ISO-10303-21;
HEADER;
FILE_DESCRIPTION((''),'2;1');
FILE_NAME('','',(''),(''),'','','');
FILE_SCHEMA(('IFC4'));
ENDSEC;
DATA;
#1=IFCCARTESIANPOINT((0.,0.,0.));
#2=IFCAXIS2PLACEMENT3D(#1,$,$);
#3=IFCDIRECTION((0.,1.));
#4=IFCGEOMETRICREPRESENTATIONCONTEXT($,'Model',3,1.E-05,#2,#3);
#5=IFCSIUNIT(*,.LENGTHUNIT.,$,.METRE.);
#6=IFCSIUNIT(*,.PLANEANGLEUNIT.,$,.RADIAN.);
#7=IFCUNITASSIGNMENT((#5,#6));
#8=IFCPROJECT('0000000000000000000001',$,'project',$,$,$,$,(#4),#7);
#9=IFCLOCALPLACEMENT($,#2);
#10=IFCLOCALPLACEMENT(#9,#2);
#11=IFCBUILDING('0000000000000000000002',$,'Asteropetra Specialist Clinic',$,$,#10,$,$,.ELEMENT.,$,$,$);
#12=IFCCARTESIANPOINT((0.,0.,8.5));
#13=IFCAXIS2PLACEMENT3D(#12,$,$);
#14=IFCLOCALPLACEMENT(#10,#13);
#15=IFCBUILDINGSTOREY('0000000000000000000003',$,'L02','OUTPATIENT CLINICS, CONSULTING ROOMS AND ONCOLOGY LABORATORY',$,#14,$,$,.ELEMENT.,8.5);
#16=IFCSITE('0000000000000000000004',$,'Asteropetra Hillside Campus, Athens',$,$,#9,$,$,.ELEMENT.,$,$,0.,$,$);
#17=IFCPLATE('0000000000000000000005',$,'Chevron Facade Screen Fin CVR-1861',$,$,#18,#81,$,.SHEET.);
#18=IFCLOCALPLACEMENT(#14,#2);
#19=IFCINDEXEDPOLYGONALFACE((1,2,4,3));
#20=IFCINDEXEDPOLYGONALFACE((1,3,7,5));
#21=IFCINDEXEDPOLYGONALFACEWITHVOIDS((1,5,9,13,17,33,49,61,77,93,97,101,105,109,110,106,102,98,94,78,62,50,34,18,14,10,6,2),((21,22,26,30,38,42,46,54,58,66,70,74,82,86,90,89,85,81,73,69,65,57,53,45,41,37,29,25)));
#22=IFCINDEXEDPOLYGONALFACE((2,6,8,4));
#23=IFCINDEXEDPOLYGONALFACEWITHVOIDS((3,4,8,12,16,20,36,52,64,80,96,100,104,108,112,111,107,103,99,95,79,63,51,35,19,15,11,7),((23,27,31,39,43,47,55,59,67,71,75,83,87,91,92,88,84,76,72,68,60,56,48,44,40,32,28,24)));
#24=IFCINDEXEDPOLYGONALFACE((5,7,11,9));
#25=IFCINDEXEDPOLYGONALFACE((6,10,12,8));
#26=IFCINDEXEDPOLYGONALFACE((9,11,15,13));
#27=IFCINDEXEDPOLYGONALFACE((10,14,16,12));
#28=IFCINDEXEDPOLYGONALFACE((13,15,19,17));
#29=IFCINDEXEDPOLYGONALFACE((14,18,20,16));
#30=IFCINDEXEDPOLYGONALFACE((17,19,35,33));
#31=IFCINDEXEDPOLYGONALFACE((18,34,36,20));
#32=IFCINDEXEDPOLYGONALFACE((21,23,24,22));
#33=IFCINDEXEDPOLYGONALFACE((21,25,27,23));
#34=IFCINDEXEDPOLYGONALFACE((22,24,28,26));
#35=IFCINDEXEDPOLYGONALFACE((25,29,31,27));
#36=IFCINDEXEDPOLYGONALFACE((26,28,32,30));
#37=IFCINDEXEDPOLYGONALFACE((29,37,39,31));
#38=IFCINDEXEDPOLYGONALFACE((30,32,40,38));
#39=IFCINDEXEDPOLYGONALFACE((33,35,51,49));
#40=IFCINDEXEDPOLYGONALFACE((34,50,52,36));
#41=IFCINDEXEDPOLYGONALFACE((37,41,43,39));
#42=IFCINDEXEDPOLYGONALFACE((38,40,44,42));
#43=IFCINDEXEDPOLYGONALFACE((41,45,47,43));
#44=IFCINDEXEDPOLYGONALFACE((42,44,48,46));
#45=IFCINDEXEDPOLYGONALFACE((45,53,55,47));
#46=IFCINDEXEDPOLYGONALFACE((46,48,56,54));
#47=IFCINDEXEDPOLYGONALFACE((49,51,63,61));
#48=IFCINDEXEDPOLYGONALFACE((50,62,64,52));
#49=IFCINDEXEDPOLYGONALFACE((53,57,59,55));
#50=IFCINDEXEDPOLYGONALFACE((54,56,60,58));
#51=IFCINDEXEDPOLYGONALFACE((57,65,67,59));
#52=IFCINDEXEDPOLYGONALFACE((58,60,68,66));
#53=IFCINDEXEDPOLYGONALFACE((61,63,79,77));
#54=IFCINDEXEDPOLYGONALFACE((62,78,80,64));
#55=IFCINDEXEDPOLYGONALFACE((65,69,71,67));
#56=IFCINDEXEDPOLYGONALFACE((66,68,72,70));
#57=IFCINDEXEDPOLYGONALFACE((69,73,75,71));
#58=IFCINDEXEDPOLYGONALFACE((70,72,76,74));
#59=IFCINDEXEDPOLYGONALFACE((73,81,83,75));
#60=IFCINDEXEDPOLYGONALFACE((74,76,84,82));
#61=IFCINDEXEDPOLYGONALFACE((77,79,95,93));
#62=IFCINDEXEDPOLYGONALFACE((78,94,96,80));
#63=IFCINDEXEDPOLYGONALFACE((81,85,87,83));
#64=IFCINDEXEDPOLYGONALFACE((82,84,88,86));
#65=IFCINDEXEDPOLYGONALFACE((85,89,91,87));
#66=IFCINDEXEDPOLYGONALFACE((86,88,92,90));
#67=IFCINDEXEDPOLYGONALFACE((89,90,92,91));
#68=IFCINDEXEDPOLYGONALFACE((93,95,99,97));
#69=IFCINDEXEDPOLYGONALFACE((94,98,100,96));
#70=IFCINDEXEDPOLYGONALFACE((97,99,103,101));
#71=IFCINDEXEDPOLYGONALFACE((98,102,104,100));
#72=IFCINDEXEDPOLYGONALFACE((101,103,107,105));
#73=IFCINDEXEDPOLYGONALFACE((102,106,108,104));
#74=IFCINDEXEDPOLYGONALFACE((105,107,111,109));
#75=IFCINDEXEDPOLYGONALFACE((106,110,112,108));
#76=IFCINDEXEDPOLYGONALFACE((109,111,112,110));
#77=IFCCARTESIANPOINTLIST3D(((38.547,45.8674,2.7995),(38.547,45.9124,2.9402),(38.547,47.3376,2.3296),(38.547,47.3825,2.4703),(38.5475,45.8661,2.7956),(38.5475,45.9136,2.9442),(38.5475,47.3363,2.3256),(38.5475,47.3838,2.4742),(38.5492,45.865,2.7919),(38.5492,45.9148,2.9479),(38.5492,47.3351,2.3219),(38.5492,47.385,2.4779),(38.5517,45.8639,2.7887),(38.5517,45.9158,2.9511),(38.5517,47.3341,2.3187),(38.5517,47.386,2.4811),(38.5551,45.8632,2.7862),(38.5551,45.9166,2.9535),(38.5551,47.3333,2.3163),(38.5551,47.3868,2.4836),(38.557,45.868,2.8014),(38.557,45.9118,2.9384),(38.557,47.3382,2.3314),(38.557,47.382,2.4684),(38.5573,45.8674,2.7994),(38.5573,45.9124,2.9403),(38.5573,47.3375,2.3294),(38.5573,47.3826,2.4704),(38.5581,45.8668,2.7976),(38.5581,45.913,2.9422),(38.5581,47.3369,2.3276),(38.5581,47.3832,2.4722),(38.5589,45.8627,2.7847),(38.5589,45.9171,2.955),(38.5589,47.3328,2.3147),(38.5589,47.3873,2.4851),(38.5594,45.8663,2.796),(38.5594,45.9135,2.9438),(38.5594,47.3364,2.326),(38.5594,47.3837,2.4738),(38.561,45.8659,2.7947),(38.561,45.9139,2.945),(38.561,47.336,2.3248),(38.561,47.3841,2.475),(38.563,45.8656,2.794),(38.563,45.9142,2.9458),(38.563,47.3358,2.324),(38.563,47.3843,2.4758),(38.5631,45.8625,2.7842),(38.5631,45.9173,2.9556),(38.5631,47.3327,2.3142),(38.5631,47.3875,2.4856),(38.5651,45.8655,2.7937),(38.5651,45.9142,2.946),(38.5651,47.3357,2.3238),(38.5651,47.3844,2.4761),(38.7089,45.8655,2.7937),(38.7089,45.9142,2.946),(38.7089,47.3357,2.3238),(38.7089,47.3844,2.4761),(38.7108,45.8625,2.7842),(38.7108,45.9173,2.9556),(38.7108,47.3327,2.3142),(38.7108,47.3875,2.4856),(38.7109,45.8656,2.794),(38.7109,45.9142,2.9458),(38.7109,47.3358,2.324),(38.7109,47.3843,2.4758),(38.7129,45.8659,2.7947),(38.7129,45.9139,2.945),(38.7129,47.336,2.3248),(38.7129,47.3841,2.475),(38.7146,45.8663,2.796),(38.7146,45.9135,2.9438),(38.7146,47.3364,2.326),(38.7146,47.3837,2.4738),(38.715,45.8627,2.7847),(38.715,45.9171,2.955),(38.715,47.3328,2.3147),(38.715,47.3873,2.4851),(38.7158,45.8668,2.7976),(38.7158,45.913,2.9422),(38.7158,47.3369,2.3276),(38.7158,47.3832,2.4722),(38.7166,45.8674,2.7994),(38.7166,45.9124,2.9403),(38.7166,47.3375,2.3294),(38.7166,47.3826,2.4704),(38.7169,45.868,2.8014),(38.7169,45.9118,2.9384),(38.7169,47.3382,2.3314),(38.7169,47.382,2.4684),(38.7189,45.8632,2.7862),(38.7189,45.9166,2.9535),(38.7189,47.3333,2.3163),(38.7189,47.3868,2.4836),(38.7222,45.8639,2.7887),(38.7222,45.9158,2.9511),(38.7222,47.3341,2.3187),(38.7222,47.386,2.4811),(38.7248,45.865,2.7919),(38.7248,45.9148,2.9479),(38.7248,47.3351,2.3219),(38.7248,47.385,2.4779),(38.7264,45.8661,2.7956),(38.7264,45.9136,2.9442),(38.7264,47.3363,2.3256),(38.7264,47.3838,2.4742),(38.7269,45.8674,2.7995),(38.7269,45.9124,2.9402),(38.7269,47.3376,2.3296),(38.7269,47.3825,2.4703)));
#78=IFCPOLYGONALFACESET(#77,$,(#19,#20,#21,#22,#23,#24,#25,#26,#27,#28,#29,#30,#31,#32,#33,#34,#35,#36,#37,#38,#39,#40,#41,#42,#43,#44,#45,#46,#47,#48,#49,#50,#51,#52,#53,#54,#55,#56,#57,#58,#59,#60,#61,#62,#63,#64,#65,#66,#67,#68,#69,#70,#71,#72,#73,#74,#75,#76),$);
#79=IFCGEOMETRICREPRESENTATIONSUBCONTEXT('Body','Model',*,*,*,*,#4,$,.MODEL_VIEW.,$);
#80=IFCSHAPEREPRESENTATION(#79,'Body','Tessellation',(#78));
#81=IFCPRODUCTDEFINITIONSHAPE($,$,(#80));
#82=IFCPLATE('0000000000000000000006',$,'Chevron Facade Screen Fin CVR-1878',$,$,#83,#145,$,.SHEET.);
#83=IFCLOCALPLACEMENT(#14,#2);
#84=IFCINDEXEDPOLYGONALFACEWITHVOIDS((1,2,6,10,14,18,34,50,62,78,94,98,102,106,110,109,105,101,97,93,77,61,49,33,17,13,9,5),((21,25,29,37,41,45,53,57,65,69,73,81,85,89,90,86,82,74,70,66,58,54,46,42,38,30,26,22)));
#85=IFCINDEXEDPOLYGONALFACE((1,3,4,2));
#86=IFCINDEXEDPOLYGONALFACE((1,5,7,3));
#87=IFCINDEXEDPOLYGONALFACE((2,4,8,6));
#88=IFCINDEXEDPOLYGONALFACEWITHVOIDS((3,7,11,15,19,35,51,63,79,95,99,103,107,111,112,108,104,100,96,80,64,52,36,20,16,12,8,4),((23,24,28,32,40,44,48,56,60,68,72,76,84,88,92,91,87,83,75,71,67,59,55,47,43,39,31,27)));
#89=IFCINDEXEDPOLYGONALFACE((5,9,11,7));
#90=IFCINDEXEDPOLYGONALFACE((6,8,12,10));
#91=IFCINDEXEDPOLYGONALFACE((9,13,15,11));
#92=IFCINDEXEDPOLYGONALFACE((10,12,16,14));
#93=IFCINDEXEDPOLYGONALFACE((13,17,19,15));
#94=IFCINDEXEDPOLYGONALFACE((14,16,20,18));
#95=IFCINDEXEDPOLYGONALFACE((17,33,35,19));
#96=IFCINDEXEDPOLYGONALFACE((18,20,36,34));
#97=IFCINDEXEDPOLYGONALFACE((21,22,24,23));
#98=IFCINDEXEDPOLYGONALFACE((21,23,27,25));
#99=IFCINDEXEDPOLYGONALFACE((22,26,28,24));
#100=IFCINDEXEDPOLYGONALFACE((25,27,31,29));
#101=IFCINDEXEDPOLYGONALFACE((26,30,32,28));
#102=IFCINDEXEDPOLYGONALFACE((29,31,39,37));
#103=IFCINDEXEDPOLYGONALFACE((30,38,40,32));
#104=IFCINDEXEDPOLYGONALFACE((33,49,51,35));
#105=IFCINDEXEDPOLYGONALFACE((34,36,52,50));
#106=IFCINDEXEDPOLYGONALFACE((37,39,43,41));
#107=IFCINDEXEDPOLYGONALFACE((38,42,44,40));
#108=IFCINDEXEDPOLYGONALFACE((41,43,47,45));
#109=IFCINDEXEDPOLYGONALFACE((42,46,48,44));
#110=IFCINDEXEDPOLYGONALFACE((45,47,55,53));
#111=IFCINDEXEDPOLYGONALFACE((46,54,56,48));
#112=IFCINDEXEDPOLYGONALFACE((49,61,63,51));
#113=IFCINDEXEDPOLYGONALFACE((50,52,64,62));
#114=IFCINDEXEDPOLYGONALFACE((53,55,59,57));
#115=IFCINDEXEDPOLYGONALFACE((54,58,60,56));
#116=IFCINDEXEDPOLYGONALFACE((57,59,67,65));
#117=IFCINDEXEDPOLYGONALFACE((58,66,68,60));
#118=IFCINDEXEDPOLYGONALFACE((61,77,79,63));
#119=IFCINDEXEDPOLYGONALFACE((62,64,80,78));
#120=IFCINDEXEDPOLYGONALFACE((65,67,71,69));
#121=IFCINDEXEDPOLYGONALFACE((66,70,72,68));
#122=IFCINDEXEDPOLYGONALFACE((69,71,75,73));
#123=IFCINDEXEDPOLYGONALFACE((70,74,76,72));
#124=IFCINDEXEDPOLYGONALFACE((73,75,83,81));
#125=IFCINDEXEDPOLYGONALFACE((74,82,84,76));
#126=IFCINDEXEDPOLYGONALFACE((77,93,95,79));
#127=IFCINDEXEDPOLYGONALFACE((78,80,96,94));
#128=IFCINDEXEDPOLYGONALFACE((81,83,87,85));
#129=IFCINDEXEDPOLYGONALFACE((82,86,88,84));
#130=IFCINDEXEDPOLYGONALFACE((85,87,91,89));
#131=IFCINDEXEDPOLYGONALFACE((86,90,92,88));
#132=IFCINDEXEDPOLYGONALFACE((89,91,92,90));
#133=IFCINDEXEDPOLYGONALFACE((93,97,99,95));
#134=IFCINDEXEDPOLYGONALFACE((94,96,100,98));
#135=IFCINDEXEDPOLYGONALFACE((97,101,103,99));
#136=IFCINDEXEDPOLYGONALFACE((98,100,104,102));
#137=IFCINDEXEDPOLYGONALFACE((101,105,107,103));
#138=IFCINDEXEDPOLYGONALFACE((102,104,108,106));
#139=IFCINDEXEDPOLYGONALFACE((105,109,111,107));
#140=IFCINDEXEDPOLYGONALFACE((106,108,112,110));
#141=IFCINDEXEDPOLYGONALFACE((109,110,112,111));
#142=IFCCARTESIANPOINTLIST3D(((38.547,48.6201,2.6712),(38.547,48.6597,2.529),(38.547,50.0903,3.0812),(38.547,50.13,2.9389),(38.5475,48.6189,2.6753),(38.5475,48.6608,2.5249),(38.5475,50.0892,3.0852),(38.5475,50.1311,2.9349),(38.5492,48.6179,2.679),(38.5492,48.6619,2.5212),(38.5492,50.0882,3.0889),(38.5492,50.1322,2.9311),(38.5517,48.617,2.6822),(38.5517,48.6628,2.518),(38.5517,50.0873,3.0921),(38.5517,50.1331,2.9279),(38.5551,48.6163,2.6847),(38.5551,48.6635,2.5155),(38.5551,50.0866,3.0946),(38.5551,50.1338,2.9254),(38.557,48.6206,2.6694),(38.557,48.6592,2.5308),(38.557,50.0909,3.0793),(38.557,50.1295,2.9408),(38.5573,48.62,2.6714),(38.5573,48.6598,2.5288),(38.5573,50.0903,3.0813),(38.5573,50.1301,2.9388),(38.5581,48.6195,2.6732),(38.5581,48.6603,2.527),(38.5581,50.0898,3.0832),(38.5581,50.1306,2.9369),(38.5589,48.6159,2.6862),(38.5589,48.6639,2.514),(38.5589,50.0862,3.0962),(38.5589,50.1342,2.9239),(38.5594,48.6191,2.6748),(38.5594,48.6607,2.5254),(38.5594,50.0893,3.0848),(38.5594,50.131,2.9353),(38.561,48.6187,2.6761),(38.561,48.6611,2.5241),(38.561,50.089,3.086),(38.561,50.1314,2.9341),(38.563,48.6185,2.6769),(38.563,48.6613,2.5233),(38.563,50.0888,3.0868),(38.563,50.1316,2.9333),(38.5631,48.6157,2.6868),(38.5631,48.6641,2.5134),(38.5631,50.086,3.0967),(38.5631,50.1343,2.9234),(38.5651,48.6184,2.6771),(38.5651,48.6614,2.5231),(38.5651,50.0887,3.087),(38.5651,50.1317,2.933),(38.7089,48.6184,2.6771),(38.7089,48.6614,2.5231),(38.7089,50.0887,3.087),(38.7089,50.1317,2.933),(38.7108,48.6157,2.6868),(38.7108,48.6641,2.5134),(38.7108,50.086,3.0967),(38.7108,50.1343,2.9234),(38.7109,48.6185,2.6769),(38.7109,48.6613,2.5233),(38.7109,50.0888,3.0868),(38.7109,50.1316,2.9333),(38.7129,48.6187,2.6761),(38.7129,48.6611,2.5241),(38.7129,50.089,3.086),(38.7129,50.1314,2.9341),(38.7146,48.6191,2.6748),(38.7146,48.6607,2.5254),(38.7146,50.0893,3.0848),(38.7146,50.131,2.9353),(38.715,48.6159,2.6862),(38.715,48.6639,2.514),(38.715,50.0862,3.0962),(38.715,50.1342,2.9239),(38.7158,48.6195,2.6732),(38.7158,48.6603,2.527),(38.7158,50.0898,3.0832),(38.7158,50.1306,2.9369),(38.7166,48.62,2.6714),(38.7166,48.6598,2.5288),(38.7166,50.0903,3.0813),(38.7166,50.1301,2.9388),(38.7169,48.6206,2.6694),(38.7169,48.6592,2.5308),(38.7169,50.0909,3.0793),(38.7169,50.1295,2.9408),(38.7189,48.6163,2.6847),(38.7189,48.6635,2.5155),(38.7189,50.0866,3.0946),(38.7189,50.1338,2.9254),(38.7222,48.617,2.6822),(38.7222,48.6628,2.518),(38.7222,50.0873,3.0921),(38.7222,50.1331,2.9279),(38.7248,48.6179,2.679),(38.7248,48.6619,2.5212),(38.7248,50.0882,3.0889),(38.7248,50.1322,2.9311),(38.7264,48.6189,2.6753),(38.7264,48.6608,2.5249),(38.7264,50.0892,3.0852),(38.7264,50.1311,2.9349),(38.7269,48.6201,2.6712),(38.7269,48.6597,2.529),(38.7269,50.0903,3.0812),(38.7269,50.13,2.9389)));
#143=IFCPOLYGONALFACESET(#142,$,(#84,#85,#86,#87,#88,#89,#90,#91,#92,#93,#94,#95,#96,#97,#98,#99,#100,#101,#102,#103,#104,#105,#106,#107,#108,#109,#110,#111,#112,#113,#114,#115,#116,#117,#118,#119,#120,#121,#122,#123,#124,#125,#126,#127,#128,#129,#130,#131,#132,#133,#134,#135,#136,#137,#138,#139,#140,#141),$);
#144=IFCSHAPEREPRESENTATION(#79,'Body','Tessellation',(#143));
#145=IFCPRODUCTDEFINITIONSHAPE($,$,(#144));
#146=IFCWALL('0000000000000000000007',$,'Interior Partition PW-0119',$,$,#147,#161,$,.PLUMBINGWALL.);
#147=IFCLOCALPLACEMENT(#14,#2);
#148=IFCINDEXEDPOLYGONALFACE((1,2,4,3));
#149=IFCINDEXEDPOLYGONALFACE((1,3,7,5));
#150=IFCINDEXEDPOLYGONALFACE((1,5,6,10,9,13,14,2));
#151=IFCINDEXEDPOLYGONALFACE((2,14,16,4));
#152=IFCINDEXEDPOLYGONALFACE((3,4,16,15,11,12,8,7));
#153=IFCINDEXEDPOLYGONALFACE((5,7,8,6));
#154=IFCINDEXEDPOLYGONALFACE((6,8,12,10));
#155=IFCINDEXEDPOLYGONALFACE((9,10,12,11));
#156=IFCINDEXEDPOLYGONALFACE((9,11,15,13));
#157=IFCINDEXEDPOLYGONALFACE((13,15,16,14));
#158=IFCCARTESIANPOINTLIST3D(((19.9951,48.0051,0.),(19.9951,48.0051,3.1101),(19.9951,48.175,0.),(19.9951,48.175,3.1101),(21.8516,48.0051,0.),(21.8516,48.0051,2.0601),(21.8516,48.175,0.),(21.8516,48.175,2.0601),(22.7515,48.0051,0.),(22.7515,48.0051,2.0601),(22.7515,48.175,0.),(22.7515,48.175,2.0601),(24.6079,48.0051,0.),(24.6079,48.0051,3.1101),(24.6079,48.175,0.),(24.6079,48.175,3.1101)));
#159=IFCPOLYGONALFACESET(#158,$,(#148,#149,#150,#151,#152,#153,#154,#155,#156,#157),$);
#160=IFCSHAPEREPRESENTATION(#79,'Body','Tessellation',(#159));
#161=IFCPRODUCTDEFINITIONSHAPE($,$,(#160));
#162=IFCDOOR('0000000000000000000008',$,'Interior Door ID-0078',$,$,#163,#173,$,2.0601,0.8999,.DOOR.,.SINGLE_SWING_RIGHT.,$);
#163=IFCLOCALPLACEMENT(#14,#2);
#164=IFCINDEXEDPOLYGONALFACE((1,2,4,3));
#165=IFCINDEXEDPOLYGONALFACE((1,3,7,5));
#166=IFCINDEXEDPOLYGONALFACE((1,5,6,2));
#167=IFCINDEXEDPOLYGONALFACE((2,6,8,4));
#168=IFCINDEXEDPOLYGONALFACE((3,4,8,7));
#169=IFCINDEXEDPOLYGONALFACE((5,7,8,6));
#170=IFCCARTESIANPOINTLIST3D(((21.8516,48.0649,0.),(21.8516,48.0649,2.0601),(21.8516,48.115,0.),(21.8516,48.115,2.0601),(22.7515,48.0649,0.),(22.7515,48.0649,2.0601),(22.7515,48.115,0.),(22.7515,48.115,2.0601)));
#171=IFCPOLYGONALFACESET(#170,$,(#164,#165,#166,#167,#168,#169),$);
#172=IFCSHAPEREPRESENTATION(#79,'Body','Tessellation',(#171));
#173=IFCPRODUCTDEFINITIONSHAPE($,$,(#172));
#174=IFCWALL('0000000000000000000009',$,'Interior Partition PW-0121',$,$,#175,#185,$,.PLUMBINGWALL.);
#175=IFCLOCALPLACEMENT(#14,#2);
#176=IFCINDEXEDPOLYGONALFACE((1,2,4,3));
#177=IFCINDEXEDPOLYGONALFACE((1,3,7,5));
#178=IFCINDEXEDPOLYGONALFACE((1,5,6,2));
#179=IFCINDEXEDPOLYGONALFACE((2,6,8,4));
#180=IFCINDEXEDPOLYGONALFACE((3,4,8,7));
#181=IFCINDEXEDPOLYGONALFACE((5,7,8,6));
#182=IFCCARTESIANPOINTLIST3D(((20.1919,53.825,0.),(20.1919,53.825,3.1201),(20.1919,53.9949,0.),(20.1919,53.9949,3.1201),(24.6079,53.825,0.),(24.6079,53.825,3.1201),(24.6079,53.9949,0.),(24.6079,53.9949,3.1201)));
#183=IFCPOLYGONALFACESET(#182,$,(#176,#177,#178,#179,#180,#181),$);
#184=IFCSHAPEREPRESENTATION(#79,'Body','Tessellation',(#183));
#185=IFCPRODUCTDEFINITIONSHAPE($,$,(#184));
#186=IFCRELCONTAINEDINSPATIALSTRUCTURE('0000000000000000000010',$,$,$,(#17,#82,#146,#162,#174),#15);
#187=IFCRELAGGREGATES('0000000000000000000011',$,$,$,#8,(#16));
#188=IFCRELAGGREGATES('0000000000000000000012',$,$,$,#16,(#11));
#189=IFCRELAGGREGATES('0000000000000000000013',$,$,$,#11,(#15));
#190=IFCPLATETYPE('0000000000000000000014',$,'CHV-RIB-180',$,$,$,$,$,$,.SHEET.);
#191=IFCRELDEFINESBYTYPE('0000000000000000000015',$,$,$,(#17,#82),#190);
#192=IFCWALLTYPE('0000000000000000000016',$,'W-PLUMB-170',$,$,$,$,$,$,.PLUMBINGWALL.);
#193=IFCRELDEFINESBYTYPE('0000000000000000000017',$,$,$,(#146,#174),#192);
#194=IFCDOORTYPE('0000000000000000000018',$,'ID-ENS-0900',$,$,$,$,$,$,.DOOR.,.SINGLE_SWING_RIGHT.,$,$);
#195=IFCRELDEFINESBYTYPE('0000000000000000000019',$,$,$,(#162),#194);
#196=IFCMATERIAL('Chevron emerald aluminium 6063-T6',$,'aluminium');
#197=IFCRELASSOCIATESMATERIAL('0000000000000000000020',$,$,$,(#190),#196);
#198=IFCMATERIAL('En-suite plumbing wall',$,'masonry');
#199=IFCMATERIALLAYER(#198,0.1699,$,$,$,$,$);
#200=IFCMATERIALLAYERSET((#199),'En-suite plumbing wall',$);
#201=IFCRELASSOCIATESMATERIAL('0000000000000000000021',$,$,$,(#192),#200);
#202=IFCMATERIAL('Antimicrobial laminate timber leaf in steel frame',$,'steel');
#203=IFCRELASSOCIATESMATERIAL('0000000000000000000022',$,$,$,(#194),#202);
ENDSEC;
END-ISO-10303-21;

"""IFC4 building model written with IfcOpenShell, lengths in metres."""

from ifc_helpers import new_model, si_unit, direction, frame, frame_2d, origin, origin_2d, place, context, subcontext, project, spatial, rectangle, hollow_rectangle, extrude, material, layer, layer_set, material_profile, profile_set, type_object, element, fill, save


model = new_model("IFC4")

# Units and contexts
model_context = context("Model", 3, precision=1e-05, world=origin(), true_north=direction((0.0, 1.0)))
body_context = subcontext(model_context, "Body", "Model", "MODEL_VIEW")
ifc_project = project(units=[si_unit("LENGTHUNIT", "METRE"), si_unit("PLANEANGLEUNIT", "RADIAN")], contexts=[model_context])

# Site, building, storey
site_placement = place(None, origin())
site = spatial("IfcSite", under=ifc_project, at=site_placement, Name="Asteropetra Hillside Campus, Athens", CompositionType="ELEMENT", RefElevation=0.0)
building_placement = place(site_placement, origin())
building = spatial("IfcBuilding", under=site, at=building_placement, Name="Asteropetra Specialist Clinic", CompositionType="ELEMENT")
storey_placement = place(building_placement, frame((0.0, 0.0, 8.5)))
storey = spatial("IfcBuildingStorey", under=building, at=storey_placement, Name="L02", Description="OUTPATIENT CLINICS, CONSULTING ROOMS AND ONCOLOGY LABORATORY", CompositionType="ELEMENT", Elevation=8.5)

# Plates
ifc_material_1 = material(Name="Chevron emerald aluminium 6063-T6", Category="aluminium")
ifc_material_profile_1 = material_profile(ifc_material_1, hollow_rectangle(XDim=0.1799, YDim=0.1799, WallThickness=0.01, InnerFilletRadius=0.0081, OuterFilletRadius=0.0161, at=origin_2d()), Name="SHS 180x180x10.0")
ifc_profile_set_1 = profile_set([ifc_material_profile_1], Name="Chevron emerald aluminium 6063-T6")
plate_type = type_object("IfcPlateType", Name="CHV-RIB-180", PredefinedType="SHEET", material=ifc_profile_set_1)
plate_1_placement = place(storey_placement, frame((38.637, 45.8899, 2.8699), z_axis=(0.0, 0.952518, -0.304483), x_axis=(-1.0, 0.0, 0.0)))
element("IfcPlate", 1, at=plate_1_placement, inside=storey, type_object=plate_type, Name="Chevron Facade Screen Fin CVR-1861", PredefinedType="SHEET", context=body_context, shape_type="SweptSolid", body=[
    extrude(hollow_rectangle(XDim=0.1799, YDim=0.1799, WallThickness=0.01, InnerFilletRadius=0.0081, OuterFilletRadius=0.0161, at=origin_2d()), origin(), (0.0, 0.0, 1.0), 1.5435),
])
plate_2_placement = place(storey_placement, frame((38.637, 48.6399, 2.6001), z_axis=(0.0, 0.963261, 0.268568), x_axis=(-1.0, 0.0, 0.0)))
element("IfcPlate", 2, at=plate_2_placement, inside=storey, type_object=plate_type, Name="Chevron Facade Screen Fin CVR-1878", PredefinedType="SHEET", context=body_context, shape_type="SweptSolid", body=[
    extrude(hollow_rectangle(XDim=0.1799, YDim=0.1799, WallThickness=0.01, InnerFilletRadius=0.0081, OuterFilletRadius=0.0161, at=origin_2d()), origin(), (0.0, 0.0, 1.0), 1.5264),
])

# Wall, opening, door
ifc_material_2 = material(Name="En-suite plumbing wall", Category="masonry")
ifc_layer_1 = layer(ifc_material_2, 0.1699)
ifc_layer_set_1 = layer_set([ifc_layer_1], Name="En-suite plumbing wall")
wall_type_1 = type_object("IfcWallType", Name="W-PLUMB-170", PredefinedType="PLUMBINGWALL", material=ifc_layer_set_1)
wall_1_placement = place(storey_placement, frame((19.9951, 48.0901, 0.0), z_axis=(0.0, 0.0, 1.0), x_axis=(1.0, 0.0, 0.0)))
wall_1 = element("IfcWall", 3, at=wall_1_placement, inside=storey, type_object=wall_type_1, Name="Interior Partition PW-0119", PredefinedType="PLUMBINGWALL", context=body_context, shape_type="SweptSolid", body=[
    extrude(rectangle(XDim=4.6128, YDim=0.1699, at=frame_2d((2.3064, 0.0))), origin(), (0.0, 0.0, 1.0), 3.1101),
])
opening_1_placement = place(wall_1_placement, frame((1.8564, 0.0, 0.0)))
opening_1 = element("IfcOpeningElement", 4, at=opening_1_placement, cuts=wall_1, PredefinedType="OPENING", context=body_context, shape_type="SweptSolid", body=[
    extrude(rectangle(XDim=0.8999, YDim=2.0601, at=frame_2d((0.45, 1.03))), frame((0.0, 0.095, 0.0), z_axis=(0.0, -1.0, 0.0), x_axis=(1.0, 0.0, 0.0)), (0.0, 0.0, 1.0), 0.1899),
])
ifc_material_3 = material(Name="Antimicrobial laminate timber leaf in steel frame", Category="steel")
door_type_1 = type_object("IfcDoorType", Name="ID-ENS-0900", OperationType="SINGLE_SWING_RIGHT", PredefinedType="DOOR", material=ifc_material_3)
door_1_placement = place(opening_1_placement, origin())
door_1 = element("IfcDoor", 5, at=door_1_placement, inside=storey, type_object=door_type_1, Name="Interior Door ID-0078", OperationType="SINGLE_SWING_RIGHT", OverallHeight=2.0601, OverallWidth=0.8999, PredefinedType="DOOR", context=body_context, shape_type="SweptSolid", body=[
    extrude(rectangle(XDim=0.8999, YDim=2.0601, at=frame_2d((0.45, 1.03))), frame((0.0, 0.0249, 0.0), z_axis=(0.0, -1.0, 0.0), x_axis=(1.0, 0.0, 0.0)), (0.0, 0.0, 1.0), 0.05),
])
fill(opening_1, door_1)

# Wall
wall_2_placement = place(storey_placement, frame((20.1919, 53.9099, 0.0), z_axis=(0.0, 0.0, 1.0), x_axis=(1.0, 0.0, 0.0)))
element("IfcWall", 6, at=wall_2_placement, inside=storey, type_object=wall_type_1, Name="Interior Partition PW-0121", PredefinedType="PLUMBINGWALL", context=body_context, shape_type="SweptSolid", body=[
    extrude(rectangle(XDim=4.416, YDim=0.1699, at=frame_2d((2.208, 0.0))), origin(), (0.0, 0.0, 1.0), 3.1201),
])

save(model, "model.ifc")
